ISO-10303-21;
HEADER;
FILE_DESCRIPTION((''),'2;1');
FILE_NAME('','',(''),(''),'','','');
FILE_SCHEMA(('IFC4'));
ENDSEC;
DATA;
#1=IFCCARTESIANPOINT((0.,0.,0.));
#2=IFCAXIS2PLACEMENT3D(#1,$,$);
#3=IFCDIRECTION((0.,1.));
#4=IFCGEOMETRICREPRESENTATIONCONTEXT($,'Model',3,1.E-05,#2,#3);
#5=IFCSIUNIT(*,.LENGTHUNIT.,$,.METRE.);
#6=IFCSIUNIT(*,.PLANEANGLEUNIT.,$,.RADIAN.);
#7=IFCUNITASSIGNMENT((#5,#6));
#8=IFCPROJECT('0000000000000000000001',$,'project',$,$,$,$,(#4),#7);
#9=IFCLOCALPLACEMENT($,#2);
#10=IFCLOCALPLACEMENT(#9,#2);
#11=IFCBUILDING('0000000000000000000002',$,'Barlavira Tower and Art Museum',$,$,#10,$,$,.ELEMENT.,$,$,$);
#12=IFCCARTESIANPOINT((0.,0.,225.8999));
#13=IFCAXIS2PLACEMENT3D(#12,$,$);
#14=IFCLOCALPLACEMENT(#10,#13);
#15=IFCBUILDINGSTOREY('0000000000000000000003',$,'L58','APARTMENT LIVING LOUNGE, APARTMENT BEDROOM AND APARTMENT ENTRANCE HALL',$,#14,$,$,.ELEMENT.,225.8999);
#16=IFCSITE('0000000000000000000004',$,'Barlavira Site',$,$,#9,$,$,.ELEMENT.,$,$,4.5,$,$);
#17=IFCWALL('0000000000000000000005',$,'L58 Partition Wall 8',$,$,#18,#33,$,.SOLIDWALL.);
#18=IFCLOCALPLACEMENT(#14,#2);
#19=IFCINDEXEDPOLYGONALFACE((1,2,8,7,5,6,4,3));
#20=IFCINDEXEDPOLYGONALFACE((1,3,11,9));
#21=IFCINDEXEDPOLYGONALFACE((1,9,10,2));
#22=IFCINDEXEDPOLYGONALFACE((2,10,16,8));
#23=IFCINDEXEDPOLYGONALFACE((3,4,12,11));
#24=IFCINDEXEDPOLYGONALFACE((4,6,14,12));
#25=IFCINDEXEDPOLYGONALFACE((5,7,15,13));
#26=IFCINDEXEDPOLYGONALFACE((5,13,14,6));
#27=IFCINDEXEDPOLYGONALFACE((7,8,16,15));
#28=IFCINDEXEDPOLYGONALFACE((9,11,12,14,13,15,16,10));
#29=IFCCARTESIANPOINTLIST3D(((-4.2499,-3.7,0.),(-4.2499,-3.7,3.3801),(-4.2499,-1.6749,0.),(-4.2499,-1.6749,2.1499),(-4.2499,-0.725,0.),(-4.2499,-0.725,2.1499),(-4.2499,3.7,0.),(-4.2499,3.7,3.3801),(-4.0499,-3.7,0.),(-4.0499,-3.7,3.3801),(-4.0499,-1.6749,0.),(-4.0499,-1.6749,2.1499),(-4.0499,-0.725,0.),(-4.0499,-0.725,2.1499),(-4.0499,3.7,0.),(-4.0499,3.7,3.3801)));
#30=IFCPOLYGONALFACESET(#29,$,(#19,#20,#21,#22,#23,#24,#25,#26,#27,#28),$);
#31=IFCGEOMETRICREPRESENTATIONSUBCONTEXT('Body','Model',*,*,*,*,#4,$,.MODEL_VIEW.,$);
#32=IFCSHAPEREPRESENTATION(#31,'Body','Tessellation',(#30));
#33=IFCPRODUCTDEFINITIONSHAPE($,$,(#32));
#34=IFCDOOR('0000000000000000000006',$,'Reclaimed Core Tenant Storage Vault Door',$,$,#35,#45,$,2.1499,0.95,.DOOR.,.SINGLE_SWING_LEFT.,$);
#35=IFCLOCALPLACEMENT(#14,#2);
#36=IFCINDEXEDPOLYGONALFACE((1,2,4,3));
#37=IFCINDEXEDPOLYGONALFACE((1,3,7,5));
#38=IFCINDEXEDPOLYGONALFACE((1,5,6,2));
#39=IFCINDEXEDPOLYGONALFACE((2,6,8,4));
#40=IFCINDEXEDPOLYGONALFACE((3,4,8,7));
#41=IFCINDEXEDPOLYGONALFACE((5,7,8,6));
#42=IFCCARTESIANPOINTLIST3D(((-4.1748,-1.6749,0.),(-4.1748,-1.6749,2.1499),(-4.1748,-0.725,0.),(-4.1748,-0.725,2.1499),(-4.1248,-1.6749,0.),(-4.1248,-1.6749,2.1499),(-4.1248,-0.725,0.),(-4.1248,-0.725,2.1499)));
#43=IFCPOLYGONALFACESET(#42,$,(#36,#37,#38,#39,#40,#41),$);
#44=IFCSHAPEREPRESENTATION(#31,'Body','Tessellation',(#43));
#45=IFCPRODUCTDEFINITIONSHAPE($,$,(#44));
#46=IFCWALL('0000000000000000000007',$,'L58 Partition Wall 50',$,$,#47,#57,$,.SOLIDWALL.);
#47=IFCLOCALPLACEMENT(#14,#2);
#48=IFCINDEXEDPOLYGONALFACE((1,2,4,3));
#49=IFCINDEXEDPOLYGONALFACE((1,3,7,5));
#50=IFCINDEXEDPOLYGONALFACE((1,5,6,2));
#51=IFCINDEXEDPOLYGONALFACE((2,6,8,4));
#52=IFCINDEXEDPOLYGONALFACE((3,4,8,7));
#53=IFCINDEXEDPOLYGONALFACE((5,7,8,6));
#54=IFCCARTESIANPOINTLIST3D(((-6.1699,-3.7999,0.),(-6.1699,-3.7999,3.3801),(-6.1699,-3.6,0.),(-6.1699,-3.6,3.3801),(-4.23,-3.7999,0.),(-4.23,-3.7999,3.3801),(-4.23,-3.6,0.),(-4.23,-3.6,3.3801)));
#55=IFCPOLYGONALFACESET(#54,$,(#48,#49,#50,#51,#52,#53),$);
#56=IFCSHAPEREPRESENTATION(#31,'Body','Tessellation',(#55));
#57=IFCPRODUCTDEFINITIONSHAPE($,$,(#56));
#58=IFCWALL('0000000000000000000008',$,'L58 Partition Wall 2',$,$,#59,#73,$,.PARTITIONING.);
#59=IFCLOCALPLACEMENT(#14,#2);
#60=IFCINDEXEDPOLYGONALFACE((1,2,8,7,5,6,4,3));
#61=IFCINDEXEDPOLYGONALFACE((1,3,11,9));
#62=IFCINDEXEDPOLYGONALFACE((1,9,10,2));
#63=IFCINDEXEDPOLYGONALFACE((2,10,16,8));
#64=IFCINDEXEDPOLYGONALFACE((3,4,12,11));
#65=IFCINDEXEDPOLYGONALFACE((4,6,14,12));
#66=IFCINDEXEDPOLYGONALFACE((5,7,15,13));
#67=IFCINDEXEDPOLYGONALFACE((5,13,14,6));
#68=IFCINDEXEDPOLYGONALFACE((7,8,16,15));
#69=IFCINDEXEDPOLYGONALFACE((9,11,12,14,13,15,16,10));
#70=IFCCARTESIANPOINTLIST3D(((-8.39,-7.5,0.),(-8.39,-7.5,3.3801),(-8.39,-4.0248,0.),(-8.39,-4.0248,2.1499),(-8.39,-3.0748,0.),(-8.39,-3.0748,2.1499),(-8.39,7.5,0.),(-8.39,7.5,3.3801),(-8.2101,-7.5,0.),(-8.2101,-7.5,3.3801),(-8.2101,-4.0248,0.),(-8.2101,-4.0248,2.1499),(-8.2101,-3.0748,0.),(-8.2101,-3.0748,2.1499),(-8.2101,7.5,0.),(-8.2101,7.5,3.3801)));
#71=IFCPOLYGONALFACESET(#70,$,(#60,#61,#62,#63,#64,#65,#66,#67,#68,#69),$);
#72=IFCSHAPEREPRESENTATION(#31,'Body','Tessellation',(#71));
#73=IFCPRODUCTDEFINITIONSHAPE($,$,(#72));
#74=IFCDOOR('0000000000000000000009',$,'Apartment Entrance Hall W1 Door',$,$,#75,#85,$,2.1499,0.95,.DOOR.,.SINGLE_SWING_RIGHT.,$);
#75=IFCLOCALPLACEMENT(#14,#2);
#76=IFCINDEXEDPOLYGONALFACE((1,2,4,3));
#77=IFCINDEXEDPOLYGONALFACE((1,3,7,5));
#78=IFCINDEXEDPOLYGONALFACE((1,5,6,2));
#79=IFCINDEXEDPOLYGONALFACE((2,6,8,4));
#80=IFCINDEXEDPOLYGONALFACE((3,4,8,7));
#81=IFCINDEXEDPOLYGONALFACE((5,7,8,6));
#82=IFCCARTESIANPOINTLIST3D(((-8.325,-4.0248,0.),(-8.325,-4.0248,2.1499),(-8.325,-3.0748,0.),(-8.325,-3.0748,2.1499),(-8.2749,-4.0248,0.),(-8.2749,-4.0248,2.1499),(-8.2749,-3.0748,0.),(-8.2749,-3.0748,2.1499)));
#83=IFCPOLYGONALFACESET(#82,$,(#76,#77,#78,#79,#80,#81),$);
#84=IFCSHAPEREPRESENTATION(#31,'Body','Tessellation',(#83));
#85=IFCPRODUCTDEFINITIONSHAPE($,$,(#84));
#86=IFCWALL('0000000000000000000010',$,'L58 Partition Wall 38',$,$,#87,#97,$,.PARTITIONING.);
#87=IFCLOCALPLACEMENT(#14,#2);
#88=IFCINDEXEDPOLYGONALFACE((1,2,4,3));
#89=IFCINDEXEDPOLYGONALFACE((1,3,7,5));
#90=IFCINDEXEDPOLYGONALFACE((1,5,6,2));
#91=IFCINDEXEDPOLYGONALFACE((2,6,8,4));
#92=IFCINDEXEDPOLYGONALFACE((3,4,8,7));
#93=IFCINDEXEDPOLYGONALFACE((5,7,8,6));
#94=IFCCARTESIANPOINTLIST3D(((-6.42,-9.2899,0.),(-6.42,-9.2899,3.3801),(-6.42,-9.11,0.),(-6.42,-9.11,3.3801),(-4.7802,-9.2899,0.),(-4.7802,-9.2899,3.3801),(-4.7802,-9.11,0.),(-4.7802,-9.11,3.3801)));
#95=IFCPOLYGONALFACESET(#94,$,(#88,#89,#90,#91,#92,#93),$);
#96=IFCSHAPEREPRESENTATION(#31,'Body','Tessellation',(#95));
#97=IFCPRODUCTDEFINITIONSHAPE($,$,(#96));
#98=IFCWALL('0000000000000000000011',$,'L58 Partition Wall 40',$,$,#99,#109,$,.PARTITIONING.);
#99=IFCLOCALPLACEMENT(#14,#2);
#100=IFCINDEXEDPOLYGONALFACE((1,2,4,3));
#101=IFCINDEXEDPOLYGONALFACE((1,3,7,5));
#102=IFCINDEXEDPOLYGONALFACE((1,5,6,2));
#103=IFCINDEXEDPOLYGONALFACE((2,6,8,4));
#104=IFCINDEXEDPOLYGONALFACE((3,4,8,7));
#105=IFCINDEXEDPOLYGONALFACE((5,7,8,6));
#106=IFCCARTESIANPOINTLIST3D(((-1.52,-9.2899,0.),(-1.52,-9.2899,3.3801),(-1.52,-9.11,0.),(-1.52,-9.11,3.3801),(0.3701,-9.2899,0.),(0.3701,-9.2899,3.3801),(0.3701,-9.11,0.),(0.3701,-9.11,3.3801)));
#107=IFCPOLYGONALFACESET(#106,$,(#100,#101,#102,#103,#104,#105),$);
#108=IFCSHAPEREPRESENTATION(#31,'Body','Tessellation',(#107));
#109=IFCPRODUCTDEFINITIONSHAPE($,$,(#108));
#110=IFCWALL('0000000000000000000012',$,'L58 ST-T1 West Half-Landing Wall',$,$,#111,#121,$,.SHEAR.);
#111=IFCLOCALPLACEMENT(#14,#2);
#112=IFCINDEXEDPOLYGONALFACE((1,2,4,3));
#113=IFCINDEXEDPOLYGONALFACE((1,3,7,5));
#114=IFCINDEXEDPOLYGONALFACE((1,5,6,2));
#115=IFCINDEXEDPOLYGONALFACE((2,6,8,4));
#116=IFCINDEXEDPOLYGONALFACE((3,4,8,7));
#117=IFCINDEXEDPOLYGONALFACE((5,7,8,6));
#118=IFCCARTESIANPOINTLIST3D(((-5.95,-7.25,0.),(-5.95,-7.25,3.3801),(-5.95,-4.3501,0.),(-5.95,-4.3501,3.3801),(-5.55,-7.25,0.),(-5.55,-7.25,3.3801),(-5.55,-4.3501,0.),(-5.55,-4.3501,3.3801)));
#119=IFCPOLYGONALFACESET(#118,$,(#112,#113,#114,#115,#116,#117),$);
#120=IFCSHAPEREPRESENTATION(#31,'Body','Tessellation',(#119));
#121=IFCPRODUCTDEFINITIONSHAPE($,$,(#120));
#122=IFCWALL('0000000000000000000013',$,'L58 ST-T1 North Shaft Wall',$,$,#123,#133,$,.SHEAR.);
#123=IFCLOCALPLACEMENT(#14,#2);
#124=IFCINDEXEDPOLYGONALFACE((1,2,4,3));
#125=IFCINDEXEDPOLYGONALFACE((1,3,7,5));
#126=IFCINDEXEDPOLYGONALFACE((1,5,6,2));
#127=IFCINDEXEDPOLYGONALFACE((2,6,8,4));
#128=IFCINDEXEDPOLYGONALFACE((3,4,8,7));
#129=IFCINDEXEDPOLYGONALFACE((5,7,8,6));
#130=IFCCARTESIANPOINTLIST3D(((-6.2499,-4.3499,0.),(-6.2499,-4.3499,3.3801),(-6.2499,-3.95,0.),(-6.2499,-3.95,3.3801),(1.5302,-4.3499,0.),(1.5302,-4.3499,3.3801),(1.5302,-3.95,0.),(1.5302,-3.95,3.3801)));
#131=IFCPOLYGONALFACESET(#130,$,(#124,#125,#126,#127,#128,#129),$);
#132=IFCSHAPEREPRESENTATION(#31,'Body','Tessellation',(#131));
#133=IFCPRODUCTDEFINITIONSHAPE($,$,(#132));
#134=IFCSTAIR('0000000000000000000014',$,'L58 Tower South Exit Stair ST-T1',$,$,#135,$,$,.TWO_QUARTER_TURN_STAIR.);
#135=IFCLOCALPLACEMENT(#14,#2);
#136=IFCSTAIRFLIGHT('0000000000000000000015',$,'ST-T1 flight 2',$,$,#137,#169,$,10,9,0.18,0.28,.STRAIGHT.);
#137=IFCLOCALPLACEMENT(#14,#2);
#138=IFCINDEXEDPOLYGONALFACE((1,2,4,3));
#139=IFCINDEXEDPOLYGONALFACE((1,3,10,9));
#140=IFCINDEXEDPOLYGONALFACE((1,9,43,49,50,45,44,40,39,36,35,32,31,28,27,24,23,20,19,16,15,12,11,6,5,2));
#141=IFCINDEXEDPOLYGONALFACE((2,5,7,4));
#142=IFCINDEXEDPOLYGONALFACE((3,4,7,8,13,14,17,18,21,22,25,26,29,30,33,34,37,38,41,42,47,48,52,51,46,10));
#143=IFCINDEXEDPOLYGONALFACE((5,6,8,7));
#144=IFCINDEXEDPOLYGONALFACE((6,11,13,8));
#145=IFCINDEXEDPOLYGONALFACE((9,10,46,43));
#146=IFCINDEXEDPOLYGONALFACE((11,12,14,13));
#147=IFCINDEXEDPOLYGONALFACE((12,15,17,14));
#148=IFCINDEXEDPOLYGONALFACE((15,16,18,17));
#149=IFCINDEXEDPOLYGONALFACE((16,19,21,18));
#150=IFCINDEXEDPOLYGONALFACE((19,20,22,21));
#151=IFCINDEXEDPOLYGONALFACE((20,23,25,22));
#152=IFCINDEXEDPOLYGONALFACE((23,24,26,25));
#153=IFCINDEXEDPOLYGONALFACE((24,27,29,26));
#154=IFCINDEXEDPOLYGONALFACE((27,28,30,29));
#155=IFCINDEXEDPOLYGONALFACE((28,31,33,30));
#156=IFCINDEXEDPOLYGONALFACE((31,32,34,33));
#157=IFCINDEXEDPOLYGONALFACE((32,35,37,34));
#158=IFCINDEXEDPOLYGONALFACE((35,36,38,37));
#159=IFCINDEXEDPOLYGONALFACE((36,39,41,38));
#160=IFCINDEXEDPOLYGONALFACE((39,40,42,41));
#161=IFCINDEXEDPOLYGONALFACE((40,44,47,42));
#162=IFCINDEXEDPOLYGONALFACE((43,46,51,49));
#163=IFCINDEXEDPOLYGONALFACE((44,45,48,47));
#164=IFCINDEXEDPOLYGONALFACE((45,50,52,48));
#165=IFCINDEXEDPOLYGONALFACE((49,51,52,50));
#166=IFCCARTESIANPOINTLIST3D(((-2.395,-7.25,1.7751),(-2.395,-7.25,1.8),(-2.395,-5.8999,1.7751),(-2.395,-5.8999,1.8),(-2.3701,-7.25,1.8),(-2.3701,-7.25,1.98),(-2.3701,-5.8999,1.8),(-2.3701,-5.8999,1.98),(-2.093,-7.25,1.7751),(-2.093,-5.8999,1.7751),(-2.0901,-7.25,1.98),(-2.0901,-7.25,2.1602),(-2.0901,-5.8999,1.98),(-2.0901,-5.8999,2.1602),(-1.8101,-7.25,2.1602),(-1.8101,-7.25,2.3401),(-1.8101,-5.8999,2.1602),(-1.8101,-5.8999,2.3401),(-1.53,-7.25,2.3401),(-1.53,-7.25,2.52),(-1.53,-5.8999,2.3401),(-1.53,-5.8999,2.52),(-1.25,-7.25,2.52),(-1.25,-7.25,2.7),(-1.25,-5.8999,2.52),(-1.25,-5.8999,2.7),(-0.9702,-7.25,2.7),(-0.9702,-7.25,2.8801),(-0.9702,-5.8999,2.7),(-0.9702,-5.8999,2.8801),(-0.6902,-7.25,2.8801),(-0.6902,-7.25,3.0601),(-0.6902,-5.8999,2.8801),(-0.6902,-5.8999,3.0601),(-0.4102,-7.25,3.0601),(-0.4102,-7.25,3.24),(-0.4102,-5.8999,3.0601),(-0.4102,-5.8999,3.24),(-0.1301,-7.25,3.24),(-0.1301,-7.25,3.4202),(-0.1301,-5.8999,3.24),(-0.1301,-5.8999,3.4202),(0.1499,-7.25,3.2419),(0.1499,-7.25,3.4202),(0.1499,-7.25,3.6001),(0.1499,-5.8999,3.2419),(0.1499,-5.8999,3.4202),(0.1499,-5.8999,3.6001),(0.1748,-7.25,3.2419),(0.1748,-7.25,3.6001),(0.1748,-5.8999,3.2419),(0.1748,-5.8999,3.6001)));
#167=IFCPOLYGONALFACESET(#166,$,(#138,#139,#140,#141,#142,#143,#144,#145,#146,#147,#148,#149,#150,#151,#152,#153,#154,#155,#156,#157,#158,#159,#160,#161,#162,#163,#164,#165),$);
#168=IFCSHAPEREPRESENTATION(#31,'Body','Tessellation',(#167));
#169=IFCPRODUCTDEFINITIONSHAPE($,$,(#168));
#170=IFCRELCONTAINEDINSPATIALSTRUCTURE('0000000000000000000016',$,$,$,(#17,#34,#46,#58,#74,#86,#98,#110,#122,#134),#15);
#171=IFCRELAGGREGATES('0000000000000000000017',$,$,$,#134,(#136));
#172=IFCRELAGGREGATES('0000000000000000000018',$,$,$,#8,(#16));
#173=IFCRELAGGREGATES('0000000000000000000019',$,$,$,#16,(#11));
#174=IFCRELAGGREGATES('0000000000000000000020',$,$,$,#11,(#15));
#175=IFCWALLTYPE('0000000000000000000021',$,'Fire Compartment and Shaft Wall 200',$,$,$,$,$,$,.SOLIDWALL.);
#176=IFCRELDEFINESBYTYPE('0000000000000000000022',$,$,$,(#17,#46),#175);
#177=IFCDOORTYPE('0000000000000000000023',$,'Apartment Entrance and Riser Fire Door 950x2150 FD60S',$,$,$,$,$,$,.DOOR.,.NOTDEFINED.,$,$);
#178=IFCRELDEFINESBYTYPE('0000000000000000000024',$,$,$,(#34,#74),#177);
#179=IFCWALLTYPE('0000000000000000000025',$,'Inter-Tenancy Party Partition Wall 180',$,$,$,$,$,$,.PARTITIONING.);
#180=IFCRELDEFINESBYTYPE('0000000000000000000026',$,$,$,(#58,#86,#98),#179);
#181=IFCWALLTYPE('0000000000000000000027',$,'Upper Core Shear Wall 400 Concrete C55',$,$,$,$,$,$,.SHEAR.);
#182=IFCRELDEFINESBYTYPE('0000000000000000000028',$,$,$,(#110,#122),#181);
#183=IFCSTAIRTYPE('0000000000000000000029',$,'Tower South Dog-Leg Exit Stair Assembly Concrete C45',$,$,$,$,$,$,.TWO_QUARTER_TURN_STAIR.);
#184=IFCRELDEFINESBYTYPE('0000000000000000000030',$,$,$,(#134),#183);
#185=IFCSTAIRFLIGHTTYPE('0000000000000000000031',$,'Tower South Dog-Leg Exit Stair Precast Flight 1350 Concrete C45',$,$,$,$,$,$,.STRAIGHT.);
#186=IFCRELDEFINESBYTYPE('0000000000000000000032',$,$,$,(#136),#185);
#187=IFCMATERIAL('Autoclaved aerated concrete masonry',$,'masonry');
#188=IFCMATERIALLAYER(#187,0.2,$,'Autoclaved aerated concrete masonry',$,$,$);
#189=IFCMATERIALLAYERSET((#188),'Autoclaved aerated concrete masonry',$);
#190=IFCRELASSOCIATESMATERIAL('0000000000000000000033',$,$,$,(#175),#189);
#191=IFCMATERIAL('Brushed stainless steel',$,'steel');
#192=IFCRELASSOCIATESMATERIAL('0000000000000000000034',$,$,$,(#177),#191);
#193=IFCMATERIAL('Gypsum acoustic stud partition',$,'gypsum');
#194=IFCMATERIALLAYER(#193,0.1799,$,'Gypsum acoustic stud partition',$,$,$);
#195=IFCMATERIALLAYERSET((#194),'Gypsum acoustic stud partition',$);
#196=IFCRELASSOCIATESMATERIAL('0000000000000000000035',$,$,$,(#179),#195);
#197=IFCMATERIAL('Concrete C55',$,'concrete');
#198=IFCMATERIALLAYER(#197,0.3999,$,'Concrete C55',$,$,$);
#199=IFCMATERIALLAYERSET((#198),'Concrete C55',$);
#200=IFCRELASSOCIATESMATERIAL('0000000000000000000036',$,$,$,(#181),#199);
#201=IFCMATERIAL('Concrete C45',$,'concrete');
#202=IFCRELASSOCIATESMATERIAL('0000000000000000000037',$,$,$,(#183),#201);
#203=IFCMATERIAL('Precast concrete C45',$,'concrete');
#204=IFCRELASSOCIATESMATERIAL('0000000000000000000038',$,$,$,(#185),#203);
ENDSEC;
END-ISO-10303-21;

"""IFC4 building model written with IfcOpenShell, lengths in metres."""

from ifc_helpers import new_model, si_unit, direction, frame, frame_2d, origin, place, context, subcontext, project, spatial, polyline, rectangle, outline, extrude, material, layer, layer_set, type_object, element, fill, aggregate, save


model = new_model("IFC4")

# Units and contexts
model_context = context("Model", 3, precision=1e-05, world=origin(), true_north=direction((0.0, 1.0)))
body_context = subcontext(model_context, "Body", "Model", "MODEL_VIEW")
ifc_project = project(units=[si_unit("LENGTHUNIT", "METRE"), si_unit("PLANEANGLEUNIT", "RADIAN")], contexts=[model_context])

# Site, building, storey
site_placement = place(None, origin())
site = spatial("IfcSite", under=ifc_project, at=site_placement, Name="Barlavira Site", CompositionType="ELEMENT", RefElevation=4.5)
building_placement = place(site_placement, origin())
building = spatial("IfcBuilding", under=site, at=building_placement, Name="Barlavira Tower and Art Museum", CompositionType="ELEMENT")
storey_placement = place(building_placement, frame((0.0, 0.0, 225.8999)))
storey = spatial("IfcBuildingStorey", under=building, at=storey_placement, Name="L58", Description="APARTMENT LIVING LOUNGE, APARTMENT BEDROOM AND APARTMENT ENTRANCE HALL", CompositionType="ELEMENT", Elevation=225.8999)

# Shared definitions
ifc_material_1 = material(Name="Gypsum acoustic stud partition", Category="gypsum")

# Shared definitions
ifc_material_2 = material(Name="Autoclaved aerated concrete masonry", Category="masonry")
ifc_layer_1 = layer(ifc_material_2, 0.2, Name="Autoclaved aerated concrete masonry")
ifc_layer_set_1 = layer_set([ifc_layer_1], Name="Autoclaved aerated concrete masonry")
wall_type_1 = type_object("IfcWallType", Name="Fire Compartment and Shaft Wall 200", PredefinedType="SOLIDWALL", material=ifc_layer_set_1)

# Wall, opening, door
wall_1_placement = place(storey_placement, frame((-4.1499, -3.7, 0.0), z_axis=(0.0, 0.0, 1.0), x_axis=(0.0, 1.0, 0.0)))
wall_1 = element("IfcWall", 1, at=wall_1_placement, inside=storey, type_object=wall_type_1, Name="L58 Partition Wall 8", PredefinedType="SOLIDWALL", context=body_context, shape_type="SweptSolid", body=[
    extrude(rectangle(XDim=7.3999, YDim=0.2, at=frame_2d((3.7, 0.0))), origin(), (0.0, 0.0, 1.0), 3.3801),
])
opening_1_placement = place(wall_1_placement, frame((2.0249, 0.0, 0.0)))
opening_1 = element("IfcOpeningElement", 2, at=opening_1_placement, cuts=wall_1, PredefinedType="OPENING", context=body_context, shape_type="SweptSolid", body=[
    extrude(rectangle(XDim=0.95, YDim=2.1499, at=frame_2d((0.4751, 1.075))), frame((0.0, 0.1099, 0.0), z_axis=(0.0, -1.0, 0.0), x_axis=(1.0, 0.0, 0.0)), (0.0, 0.0, 1.0), 0.22),
])
ifc_material_3 = material(Name="Brushed stainless steel", Category="steel")
door_type_1 = type_object("IfcDoorType", Name="Apartment Entrance and Riser Fire Door 950x2150 FD60S", OperationType="NOTDEFINED", PredefinedType="DOOR", material=ifc_material_3)
door_1_placement = place(opening_1_placement, origin())
door_1 = element("IfcDoor", 3, at=door_1_placement, inside=storey, type_object=door_type_1, Name="Reclaimed Core Tenant Storage Vault Door", OperationType="SINGLE_SWING_LEFT", OverallHeight=2.1499, OverallWidth=0.95, PredefinedType="DOOR", context=body_context, shape_type="SweptSolid", body=[
    extrude(rectangle(XDim=0.95, YDim=2.1499, at=frame_2d((0.4751, 1.075))), frame((0.0, 0.0249, 0.0), z_axis=(0.0, -1.0, 0.0), x_axis=(1.0, 0.0, 0.0)), (0.0, 0.0, 1.0), 0.05),
])
fill(opening_1, door_1)

# Wall
wall_2_placement = place(storey_placement, frame((-6.1699, -3.7, 0.0), z_axis=(0.0, 0.0, 1.0), x_axis=(1.0, 0.0, 0.0)))
element("IfcWall", 4, at=wall_2_placement, inside=storey, type_object=wall_type_1, Name="L58 Partition Wall 50", PredefinedType="SOLIDWALL", context=body_context, shape_type="SweptSolid", body=[
    extrude(rectangle(XDim=1.9399, YDim=0.2, at=frame_2d((0.97, 0.0))), origin(), (0.0, 0.0, 1.0), 3.3801),
])

# Wall, opening, door
ifc_layer_2 = layer(ifc_material_1, 0.1799, Name="Gypsum acoustic stud partition")
ifc_layer_set_2 = layer_set([ifc_layer_2], Name="Gypsum acoustic stud partition")
wall_type_2 = type_object("IfcWallType", Name="Inter-Tenancy Party Partition Wall 180", PredefinedType="PARTITIONING", material=ifc_layer_set_2)
wall_3_placement = place(storey_placement, frame((-8.3, -7.5, 0.0), z_axis=(0.0, 0.0, 1.0), x_axis=(0.0, 1.0, 0.0)))
wall_3 = element("IfcWall", 5, at=wall_3_placement, inside=storey, type_object=wall_type_2, Name="L58 Partition Wall 2", PredefinedType="PARTITIONING", context=body_context, shape_type="SweptSolid", body=[
    extrude(rectangle(XDim=15.0, YDim=0.1799, at=frame_2d((7.5, 0.0))), origin(), (0.0, 0.0, 1.0), 3.3801),
])
opening_2_placement = place(wall_3_placement, frame((3.4751, 0.0, 0.0)))
opening_2 = element("IfcOpeningElement", 6, at=opening_2_placement, cuts=wall_3, PredefinedType="OPENING", context=body_context, shape_type="SweptSolid", body=[
    extrude(rectangle(XDim=0.95, YDim=2.1499, at=frame_2d((0.4751, 1.075))), frame((0.0, 0.1001, 0.0), z_axis=(0.0, -1.0, 0.0), x_axis=(1.0, 0.0, 0.0)), (0.0, 0.0, 1.0), 0.2),
])
door_2_placement = place(opening_2_placement, origin())
door_2 = element("IfcDoor", 7, at=door_2_placement, inside=storey, type_object=door_type_1, Name="Apartment Entrance Hall W1 Door", OperationType="SINGLE_SWING_RIGHT", OverallHeight=2.1499, OverallWidth=0.95, PredefinedType="DOOR", context=body_context, shape_type="SweptSolid", body=[
    extrude(rectangle(XDim=0.95, YDim=2.1499, at=frame_2d((0.4751, 1.075))), frame((0.0, 0.0249, 0.0), z_axis=(0.0, -1.0, 0.0), x_axis=(1.0, 0.0, 0.0)), (0.0, 0.0, 1.0), 0.05),
])
fill(opening_2, door_2)

# Wall
wall_4_placement = place(storey_placement, frame((-6.4199, -9.2, 0.0), z_axis=(0.0, 0.0, 1.0), x_axis=(1.0, 0.0, 0.0)))
element("IfcWall", 8, at=wall_4_placement, inside=storey, type_object=wall_type_2, Name="L58 Partition Wall 38", PredefinedType="PARTITIONING", context=body_context, shape_type="SweptSolid", body=[
    extrude(rectangle(XDim=1.6399, YDim=0.1799, at=frame_2d((0.8198, 0.0))), origin(), (0.0, 0.0, 1.0), 3.3801),
])

# Walls
wall_5_placement = place(storey_placement, frame((-1.52, -9.2, 0.0), z_axis=(0.0, 0.0, 1.0), x_axis=(1.0, 0.0, 0.0)))
element("IfcWall", 9, at=wall_5_placement, inside=storey, type_object=wall_type_2, Name="L58 Partition Wall 40", PredefinedType="PARTITIONING", context=body_context, shape_type="SweptSolid", body=[
    extrude(rectangle(XDim=1.8901, YDim=0.1799, at=frame_2d((0.9451, 0.0))), origin(), (0.0, 0.0, 1.0), 3.3801),
])
ifc_material_4 = material(Name="Concrete C55", Category="concrete")
ifc_layer_3 = layer(ifc_material_4, 0.3999, Name="Concrete C55")
ifc_layer_set_3 = layer_set([ifc_layer_3], Name="Concrete C55")
wall_type_3 = type_object("IfcWallType", Name="Upper Core Shear Wall 400 Concrete C55", PredefinedType="SHEAR", material=ifc_layer_set_3)
wall_6_placement = place(storey_placement, frame((-5.75, -7.25, 0.0), z_axis=(0.0, 0.0, 1.0), x_axis=(0.0, 1.0, 0.0)))
element("IfcWall", 10, at=wall_6_placement, inside=storey, type_object=wall_type_3, Name="L58 ST-T1 West Half-Landing Wall", PredefinedType="SHEAR", context=body_context, shape_type="SweptSolid", body=[
    extrude(rectangle(XDim=2.8999, YDim=0.3999, at=frame_2d((1.45, 0.0))), origin(), (0.0, 0.0, 1.0), 3.3801),
])
wall_7_placement = place(storey_placement, frame((-6.25, -4.1499, 0.0), z_axis=(0.0, 0.0, 1.0), x_axis=(1.0, 0.0, 0.0)))
element("IfcWall", 11, at=wall_7_placement, inside=storey, type_object=wall_type_3, Name="L58 ST-T1 North Shaft Wall", PredefinedType="SHEAR", context=body_context, shape_type="SweptSolid", body=[
    extrude(rectangle(XDim=7.78, YDim=0.3999, at=frame_2d((3.8901, 0.0))), origin(), (0.0, 0.0, 1.0), 3.3801),
])

# Stair, stair flight
ifc_material_5 = material(Name="Concrete C45", Category="concrete")
stair_type = type_object("IfcStairType", Name="Tower South Dog-Leg Exit Stair Assembly Concrete C45", PredefinedType="TWO_QUARTER_TURN_STAIR", material=ifc_material_5)
stair_placement = place(storey_placement, origin())
stair = element("IfcStair", 12, at=stair_placement, inside=storey, type_object=stair_type, Name="L58 Tower South Exit Stair ST-T1", PredefinedType="TWO_QUARTER_TURN_STAIR")
ifc_material_6 = material(Name="Precast concrete C45", Category="concrete")
stair_flight_type = type_object("IfcStairFlightType", Name="Tower South Dog-Leg Exit Stair Precast Flight 1350 Concrete C45", PredefinedType="STRAIGHT", material=ifc_material_6)
stair_flight_placement = place(storey_placement, frame((-2.3701, -6.575, 1.8), z_axis=(0.0, 0.0, 1.0), x_axis=(1.0, 0.0, 0.0)))
stair_flight = element("IfcStairFlight", 13, at=stair_flight_placement, type_object=stair_flight_type, Name="ST-T1 flight 2", NumberOfRisers=10, NumberOfTreads=9, PredefinedType="STRAIGHT", RiserHeight=0.18, TreadLength=0.28, context=body_context, shape_type="SweptSolid", body=[
    extrude(outline(polyline([(-0.0249, 0.0), (0.0, 0.0), (0.0, 0.1799), (0.28, 0.1799), (0.28, 0.3601), (0.5601, 0.3601), (0.5601, 0.54), (0.8401, 0.54), (0.8401, 0.72), (1.1201, 0.72), (1.1201, 0.8999), (1.3999, 0.8999), (1.3999, 1.0801), (1.6799, 1.0801), (1.6799, 1.26), (1.96, 1.26), (1.96, 1.4399), (2.24, 1.4399), (2.24, 1.6201), (2.52, 1.6201), (2.52, 1.8), (2.5449, 1.8), (2.5449, 1.4419), (2.52, 1.4419), (0.2771, -0.0249), (-0.0249, -0.0249), (-0.0249, 0.0)])), frame((0.0, 0.675, 0.0), z_axis=(0.0, -1.0, 0.0), x_axis=(1.0, 0.0, 0.0)), (0.0, 0.0, 1.0), 1.3501),
])
aggregate(stair, [stair_flight])

save(model, "model.ifc")
